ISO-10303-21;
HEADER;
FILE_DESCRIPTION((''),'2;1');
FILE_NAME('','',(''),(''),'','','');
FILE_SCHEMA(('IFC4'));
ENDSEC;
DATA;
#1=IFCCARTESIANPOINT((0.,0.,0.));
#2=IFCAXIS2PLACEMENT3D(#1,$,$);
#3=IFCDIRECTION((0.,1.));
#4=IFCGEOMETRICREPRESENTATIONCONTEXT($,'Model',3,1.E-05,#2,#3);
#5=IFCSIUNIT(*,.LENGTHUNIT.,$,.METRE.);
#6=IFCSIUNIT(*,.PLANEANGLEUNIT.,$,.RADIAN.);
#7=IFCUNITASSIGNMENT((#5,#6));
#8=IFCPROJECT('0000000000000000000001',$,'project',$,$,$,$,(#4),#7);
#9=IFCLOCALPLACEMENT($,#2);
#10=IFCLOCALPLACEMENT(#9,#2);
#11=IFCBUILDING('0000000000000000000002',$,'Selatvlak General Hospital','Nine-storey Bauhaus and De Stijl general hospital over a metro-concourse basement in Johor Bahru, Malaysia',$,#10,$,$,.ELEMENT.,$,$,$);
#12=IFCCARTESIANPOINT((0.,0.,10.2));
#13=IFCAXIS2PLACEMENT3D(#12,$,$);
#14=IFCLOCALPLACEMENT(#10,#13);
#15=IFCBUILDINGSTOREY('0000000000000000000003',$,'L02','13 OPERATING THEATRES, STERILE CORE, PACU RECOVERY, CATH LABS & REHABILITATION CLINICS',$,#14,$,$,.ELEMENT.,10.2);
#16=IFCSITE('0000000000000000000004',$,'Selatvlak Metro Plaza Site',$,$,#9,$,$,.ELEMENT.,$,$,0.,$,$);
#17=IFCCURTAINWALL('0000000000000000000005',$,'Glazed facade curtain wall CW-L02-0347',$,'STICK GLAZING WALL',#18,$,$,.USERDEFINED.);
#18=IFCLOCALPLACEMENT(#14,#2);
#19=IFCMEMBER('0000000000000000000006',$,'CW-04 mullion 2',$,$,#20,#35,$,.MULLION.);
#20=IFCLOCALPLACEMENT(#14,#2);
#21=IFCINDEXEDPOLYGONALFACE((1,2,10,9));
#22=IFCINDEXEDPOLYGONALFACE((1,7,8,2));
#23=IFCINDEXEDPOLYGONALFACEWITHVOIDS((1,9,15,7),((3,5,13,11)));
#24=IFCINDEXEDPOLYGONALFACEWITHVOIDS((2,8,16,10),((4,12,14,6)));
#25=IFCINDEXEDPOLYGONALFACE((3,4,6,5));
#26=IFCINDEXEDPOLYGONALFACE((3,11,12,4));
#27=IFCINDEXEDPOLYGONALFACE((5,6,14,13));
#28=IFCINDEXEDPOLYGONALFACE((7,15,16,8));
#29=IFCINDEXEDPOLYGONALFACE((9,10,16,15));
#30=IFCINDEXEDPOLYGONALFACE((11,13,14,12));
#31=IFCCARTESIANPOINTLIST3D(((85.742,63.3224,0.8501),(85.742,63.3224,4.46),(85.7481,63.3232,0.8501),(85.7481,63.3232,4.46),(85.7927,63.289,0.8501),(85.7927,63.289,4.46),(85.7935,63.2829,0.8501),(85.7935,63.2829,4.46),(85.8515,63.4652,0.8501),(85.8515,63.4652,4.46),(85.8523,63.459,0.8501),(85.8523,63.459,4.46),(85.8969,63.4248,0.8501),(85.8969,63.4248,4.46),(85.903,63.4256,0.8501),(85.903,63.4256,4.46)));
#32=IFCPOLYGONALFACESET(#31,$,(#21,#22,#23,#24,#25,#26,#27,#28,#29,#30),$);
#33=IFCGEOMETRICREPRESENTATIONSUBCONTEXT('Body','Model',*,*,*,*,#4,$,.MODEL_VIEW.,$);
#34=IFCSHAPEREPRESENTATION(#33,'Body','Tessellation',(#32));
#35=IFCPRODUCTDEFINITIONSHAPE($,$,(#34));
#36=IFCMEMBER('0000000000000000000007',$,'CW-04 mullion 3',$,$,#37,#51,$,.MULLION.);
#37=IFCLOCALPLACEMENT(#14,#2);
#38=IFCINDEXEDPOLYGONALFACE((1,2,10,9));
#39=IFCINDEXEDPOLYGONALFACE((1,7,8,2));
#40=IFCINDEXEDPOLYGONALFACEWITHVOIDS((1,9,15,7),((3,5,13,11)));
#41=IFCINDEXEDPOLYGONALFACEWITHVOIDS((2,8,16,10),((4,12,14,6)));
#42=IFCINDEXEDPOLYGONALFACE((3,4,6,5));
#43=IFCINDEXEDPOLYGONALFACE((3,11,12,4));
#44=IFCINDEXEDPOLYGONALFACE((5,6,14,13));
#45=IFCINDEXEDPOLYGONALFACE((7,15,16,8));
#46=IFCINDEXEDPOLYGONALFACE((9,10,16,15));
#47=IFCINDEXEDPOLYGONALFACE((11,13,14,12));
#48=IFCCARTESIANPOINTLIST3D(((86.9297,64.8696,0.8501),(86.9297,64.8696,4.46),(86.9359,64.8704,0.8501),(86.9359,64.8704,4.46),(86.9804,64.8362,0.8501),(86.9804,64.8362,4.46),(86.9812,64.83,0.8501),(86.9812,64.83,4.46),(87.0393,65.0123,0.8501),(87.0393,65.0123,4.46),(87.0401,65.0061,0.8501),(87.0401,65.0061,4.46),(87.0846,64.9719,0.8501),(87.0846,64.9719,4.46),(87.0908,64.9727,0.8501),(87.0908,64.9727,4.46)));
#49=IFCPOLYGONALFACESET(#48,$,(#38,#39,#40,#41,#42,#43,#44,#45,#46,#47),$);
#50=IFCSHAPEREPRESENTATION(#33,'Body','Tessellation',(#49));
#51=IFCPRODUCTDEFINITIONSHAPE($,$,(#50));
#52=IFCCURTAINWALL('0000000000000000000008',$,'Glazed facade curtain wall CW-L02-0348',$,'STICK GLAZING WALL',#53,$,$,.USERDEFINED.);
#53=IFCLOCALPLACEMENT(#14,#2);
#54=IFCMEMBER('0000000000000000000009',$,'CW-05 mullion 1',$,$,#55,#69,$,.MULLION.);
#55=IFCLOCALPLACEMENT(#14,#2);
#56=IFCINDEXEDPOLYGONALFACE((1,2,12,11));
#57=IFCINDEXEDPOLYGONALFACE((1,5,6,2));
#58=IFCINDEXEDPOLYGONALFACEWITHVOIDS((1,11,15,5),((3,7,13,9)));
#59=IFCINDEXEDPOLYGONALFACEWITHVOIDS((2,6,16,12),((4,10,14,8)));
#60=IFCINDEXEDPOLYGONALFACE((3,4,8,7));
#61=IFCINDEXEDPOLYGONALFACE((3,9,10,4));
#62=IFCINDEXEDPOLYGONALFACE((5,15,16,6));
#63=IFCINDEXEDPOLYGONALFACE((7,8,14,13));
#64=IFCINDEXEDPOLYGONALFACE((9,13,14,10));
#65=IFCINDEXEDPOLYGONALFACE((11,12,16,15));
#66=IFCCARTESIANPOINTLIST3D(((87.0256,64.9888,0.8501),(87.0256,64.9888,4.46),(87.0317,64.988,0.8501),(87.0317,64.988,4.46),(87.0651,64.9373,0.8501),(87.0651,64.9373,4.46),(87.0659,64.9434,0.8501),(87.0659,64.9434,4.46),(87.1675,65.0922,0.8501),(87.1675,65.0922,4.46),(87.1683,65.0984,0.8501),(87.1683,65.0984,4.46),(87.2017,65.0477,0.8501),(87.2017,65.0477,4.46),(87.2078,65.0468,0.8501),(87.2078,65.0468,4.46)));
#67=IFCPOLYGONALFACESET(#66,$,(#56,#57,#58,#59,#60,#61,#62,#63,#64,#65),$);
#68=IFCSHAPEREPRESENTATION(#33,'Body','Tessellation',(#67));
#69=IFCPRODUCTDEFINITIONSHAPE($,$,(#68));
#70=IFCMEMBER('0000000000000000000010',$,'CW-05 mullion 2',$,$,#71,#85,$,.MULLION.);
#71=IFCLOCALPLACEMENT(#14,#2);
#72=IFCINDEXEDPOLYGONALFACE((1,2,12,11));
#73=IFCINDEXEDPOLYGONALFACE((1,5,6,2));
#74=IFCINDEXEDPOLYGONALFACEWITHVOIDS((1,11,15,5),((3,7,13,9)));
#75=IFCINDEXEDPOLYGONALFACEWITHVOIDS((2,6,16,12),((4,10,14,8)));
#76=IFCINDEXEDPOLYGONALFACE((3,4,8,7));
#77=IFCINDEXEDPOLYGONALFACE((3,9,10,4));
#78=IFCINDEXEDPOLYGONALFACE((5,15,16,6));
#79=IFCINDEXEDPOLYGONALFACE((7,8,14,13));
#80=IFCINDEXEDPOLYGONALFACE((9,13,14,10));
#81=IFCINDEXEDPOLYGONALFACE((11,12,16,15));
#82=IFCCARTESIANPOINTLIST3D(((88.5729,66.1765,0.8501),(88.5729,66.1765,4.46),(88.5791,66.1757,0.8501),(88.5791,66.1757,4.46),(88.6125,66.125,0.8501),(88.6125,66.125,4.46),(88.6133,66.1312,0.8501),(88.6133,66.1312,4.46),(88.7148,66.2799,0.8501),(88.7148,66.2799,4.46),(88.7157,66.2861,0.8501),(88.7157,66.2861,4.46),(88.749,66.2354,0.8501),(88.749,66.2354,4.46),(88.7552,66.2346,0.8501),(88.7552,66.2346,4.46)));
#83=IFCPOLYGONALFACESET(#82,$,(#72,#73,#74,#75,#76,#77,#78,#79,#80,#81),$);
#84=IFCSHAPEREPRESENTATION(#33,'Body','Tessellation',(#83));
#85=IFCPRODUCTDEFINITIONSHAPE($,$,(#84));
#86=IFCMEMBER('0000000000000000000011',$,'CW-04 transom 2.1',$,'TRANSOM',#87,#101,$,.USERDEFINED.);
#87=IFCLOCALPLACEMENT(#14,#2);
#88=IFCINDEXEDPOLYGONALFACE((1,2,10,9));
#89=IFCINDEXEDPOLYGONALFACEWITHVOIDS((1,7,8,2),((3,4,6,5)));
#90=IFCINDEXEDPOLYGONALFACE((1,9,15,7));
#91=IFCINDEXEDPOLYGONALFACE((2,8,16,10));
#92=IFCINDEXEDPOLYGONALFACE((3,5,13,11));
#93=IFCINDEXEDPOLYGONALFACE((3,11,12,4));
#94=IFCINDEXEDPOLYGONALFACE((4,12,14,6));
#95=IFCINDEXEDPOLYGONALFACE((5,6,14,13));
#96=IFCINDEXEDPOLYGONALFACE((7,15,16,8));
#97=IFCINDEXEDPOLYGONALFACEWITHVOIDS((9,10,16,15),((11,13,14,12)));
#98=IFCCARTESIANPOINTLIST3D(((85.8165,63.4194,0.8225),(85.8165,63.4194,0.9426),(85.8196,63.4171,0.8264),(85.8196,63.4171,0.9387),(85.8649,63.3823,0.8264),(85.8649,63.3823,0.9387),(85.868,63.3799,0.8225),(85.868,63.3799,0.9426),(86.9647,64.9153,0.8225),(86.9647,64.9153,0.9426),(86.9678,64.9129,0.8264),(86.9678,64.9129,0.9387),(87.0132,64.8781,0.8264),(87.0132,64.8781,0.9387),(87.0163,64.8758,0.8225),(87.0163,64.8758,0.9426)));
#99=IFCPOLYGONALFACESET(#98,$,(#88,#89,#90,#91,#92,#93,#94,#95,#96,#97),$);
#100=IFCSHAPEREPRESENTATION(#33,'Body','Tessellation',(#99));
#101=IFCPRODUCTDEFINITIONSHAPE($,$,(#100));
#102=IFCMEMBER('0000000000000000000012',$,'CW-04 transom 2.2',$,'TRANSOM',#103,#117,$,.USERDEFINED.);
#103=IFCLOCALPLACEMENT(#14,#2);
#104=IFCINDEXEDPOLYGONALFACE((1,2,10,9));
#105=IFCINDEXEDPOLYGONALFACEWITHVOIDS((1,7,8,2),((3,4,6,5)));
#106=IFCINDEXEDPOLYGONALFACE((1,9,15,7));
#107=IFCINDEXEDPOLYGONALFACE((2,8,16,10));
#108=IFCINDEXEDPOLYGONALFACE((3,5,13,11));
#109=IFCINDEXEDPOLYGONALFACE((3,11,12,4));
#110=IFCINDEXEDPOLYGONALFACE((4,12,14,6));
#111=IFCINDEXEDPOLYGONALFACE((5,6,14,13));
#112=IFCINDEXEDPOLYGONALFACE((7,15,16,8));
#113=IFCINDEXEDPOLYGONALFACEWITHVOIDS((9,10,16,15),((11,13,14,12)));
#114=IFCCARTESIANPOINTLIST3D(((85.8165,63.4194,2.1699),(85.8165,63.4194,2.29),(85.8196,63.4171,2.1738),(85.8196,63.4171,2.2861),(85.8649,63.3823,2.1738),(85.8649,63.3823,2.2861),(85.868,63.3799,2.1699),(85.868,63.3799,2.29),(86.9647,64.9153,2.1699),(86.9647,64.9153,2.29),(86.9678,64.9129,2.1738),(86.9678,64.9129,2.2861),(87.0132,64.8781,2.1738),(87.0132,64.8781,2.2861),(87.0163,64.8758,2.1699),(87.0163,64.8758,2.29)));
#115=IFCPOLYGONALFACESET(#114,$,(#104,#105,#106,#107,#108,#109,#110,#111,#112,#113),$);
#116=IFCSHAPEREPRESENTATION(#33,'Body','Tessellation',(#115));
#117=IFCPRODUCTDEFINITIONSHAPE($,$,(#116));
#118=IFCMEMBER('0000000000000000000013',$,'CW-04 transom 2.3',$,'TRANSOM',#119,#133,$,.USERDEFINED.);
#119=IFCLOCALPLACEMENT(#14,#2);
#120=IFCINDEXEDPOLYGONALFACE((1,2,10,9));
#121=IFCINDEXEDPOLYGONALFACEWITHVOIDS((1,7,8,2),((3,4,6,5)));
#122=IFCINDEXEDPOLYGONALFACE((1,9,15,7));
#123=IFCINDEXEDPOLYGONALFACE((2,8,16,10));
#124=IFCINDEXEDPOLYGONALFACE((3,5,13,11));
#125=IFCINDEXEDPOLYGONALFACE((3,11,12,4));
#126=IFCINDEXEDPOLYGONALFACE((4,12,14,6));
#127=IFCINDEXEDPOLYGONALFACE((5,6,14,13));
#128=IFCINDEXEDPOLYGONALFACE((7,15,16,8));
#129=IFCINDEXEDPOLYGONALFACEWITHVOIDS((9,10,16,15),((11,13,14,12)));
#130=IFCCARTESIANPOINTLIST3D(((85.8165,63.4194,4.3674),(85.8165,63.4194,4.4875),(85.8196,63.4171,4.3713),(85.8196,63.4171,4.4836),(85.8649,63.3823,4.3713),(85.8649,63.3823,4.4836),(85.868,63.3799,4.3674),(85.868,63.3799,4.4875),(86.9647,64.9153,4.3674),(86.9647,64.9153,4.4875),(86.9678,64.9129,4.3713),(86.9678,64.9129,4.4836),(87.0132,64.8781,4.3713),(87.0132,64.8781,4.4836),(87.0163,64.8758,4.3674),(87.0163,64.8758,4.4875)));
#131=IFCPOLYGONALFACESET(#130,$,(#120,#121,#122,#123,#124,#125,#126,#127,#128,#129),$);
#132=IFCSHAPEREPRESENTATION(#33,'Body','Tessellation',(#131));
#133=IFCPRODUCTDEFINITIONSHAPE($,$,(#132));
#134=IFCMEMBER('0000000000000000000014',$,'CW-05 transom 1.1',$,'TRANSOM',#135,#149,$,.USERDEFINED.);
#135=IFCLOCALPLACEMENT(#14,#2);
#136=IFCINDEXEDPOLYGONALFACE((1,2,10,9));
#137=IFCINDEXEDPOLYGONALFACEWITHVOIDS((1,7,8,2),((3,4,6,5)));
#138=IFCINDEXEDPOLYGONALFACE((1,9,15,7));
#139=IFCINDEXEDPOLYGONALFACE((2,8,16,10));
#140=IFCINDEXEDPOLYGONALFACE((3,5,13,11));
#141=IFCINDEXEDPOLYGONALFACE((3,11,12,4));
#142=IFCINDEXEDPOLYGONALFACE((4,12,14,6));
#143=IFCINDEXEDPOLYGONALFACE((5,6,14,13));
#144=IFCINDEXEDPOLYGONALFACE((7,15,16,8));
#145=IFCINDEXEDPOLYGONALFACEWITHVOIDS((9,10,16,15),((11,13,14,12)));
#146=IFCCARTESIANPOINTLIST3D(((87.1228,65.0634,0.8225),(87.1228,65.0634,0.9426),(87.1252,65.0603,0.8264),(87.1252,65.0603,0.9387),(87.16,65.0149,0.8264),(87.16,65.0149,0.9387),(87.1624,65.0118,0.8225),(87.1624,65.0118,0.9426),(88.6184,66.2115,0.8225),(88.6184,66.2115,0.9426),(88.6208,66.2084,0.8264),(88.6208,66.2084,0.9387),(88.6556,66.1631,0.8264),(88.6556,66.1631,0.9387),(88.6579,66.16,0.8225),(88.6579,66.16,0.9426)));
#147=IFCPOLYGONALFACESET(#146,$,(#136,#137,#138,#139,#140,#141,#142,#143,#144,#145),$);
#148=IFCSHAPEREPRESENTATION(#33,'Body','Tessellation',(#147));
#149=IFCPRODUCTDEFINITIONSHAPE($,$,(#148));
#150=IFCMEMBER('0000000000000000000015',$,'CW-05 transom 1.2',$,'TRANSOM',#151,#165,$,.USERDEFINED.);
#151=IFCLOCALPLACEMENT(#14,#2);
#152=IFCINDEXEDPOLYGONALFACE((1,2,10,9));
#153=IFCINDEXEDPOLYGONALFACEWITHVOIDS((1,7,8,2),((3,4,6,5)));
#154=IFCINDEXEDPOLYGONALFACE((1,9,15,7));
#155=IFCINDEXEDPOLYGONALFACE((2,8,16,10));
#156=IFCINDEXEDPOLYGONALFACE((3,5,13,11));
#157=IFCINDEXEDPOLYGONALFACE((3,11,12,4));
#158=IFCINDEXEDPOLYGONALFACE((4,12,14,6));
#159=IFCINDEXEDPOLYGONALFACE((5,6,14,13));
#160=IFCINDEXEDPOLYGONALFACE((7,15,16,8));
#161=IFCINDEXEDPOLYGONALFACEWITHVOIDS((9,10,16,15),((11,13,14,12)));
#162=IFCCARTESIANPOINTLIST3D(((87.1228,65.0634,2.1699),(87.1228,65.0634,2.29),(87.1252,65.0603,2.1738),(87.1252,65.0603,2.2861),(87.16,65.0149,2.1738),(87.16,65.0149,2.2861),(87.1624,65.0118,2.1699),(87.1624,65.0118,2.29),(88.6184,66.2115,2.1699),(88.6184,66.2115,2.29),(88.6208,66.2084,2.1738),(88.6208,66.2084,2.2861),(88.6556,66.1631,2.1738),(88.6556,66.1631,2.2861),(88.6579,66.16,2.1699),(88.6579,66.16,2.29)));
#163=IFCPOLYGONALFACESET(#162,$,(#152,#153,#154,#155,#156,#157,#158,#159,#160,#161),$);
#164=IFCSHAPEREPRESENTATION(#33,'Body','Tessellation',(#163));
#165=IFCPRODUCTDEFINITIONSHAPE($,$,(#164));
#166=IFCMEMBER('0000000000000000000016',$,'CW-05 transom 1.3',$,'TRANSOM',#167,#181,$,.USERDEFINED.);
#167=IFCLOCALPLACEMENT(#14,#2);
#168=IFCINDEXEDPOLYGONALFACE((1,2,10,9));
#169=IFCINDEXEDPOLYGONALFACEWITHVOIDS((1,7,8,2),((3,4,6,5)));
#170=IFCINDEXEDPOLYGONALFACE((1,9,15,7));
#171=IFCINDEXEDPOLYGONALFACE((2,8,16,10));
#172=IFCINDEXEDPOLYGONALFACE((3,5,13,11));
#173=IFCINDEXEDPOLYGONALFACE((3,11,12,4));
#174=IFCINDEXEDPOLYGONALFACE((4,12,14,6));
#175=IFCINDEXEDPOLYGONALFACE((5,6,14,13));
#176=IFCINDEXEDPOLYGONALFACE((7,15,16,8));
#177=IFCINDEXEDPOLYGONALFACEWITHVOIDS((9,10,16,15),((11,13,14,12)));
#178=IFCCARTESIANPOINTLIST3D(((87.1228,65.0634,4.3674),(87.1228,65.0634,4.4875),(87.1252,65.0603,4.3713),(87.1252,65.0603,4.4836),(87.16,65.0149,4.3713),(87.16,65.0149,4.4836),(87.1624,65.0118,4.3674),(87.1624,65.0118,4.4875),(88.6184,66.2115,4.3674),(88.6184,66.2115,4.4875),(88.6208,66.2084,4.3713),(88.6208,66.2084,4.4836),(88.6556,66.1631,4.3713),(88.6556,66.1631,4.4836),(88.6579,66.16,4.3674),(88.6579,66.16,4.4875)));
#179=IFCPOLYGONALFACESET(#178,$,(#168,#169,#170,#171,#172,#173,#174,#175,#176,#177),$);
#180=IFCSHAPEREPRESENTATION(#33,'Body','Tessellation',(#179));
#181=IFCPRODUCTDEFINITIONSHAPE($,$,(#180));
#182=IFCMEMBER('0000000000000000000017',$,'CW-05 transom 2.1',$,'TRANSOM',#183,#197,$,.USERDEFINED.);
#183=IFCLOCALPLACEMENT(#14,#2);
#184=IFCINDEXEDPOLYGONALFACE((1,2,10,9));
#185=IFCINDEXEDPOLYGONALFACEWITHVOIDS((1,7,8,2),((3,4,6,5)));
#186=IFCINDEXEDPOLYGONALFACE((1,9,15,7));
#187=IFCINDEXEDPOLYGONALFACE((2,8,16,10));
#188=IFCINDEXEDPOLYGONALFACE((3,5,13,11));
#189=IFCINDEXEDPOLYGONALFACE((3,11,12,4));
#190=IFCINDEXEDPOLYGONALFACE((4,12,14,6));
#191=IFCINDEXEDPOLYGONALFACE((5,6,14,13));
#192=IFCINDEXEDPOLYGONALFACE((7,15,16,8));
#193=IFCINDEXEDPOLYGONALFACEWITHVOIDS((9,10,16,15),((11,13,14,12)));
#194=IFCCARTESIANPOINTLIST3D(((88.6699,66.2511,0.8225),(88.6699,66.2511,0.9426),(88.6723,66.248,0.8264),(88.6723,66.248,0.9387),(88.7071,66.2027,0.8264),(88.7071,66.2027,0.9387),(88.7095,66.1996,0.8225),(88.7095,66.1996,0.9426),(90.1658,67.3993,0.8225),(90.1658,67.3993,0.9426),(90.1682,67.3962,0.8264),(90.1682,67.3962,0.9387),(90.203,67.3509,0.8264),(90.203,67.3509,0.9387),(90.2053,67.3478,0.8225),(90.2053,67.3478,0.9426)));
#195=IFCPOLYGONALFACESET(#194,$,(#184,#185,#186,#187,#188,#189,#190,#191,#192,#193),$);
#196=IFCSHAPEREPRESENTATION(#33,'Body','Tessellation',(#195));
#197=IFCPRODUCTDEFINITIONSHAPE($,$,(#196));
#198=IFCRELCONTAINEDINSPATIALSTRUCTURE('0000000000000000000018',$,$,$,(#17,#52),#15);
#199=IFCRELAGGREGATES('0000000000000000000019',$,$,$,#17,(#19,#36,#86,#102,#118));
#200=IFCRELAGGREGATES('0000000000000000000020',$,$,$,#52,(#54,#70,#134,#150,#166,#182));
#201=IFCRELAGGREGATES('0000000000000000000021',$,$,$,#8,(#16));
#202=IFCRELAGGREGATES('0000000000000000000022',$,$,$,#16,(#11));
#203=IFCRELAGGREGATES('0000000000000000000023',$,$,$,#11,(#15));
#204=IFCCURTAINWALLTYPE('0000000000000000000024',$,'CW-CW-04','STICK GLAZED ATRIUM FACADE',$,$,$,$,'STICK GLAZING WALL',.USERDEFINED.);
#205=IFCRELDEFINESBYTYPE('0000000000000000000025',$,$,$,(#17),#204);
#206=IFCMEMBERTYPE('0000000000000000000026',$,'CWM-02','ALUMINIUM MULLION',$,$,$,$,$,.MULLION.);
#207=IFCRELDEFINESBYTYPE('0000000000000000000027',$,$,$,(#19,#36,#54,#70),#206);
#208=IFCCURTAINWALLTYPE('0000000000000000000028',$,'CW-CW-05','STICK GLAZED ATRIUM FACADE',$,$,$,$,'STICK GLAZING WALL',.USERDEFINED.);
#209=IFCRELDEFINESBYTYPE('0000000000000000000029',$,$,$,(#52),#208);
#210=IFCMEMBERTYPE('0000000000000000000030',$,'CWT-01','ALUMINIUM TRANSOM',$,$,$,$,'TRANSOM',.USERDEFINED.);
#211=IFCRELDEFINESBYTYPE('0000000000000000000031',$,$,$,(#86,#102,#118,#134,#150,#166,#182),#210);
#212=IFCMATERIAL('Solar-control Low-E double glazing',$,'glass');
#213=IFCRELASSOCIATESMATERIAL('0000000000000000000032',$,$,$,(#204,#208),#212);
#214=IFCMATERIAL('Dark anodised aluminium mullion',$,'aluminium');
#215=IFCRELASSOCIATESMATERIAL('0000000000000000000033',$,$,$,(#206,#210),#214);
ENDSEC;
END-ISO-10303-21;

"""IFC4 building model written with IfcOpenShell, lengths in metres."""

from ifc_helpers import new_model, si_unit, direction, frame, origin, origin_2d, place, context, subcontext, project, spatial, hollow_rectangle, extrude, material, material_profile, profile_set, type_object, element, aggregate, save


model = new_model("IFC4")

# Units and contexts
model_context = context("Model", 3, precision=1e-05, world=origin(), true_north=direction((0.0, 1.0)))
body_context = subcontext(model_context, "Body", "Model", "MODEL_VIEW")
ifc_project = project(units=[si_unit("LENGTHUNIT", "METRE"), si_unit("PLANEANGLEUNIT", "RADIAN")], contexts=[model_context])

# Site, building, storey
site_placement = place(None, origin())
site = spatial("IfcSite", under=ifc_project, at=site_placement, Name="Selatvlak Metro Plaza Site", CompositionType="ELEMENT", RefElevation=0.0)
building_placement = place(site_placement, origin())
building = spatial("IfcBuilding", under=site, at=building_placement, Name="Selatvlak General Hospital", Description="Nine-storey Bauhaus and De Stijl general hospital over a metro-concourse basement in Johor Bahru, Malaysia", CompositionType="ELEMENT")
storey_placement = place(building_placement, frame((0.0, 0.0, 10.2)))
storey = spatial("IfcBuildingStorey", under=building, at=storey_placement, Name="L02", Description="13 OPERATING THEATRES, STERILE CORE, PACU RECOVERY, CATH LABS & REHABILITATION CLINICS", CompositionType="ELEMENT", Elevation=10.2)

# Curtain walls, members
ifc_material_1 = material(Name="Solar-control Low-E double glazing", Category="glass")
curtain_wall_type_1 = type_object("IfcCurtainWallType", Name="CW-CW-04", Description="STICK GLAZED ATRIUM FACADE", ElementType="STICK GLAZING WALL", PredefinedType="USERDEFINED", material=ifc_material_1)
curtain_wall_1_placement = place(storey_placement, origin())
curtain_wall_1 = element("IfcCurtainWall", 1, at=curtain_wall_1_placement, inside=storey, type_object=curtain_wall_type_1, Name="Glazed facade curtain wall CW-L02-0347", ObjectType="STICK GLAZING WALL", PredefinedType="USERDEFINED")
ifc_material_2 = material(Name="Dark anodised aluminium mullion", Category="aluminium")
ifc_material_profile_1 = material_profile(ifc_material_2, hollow_rectangle(XDim=0.0649, YDim=0.1799, WallThickness=0.0044, at=origin_2d()), Name="AL-MUL 65x180x4.5")
ifc_profile_set_1 = profile_set([ifc_material_profile_1], Name="Dark anodised aluminium mullion")
member_type_1 = type_object("IfcMemberType", Name="CWM-02", Description="ALUMINIUM MULLION", PredefinedType="MULLION", material=ifc_profile_set_1)
member_1_placement = place(storey_placement, frame((85.8225, 63.374, 0.8501), z_axis=(0.0, 0.0, 1.0), x_axis=(-0.793233, 0.608918, 0.0)))
member_1 = element("IfcMember", 2, at=member_1_placement, type_object=member_type_1, Name="CW-04 mullion 2", PredefinedType="MULLION", context=body_context, shape_type="SweptSolid", body=[
    extrude(hollow_rectangle(XDim=0.0649, YDim=0.1799, WallThickness=0.0044, at=origin_2d()), origin(), (0.0, 0.0, 1.0), 3.6099),
])
member_2_placement = place(storey_placement, frame((87.0103, 64.9211, 0.8501), z_axis=(0.0, 0.0, 1.0), x_axis=(-0.793233, 0.608918, 0.0)))
member_2 = element("IfcMember", 3, at=member_2_placement, type_object=member_type_1, Name="CW-04 mullion 3", PredefinedType="MULLION", context=body_context, shape_type="SweptSolid", body=[
    extrude(hollow_rectangle(XDim=0.0649, YDim=0.1799, WallThickness=0.0044, at=origin_2d()), origin(), (0.0, 0.0, 1.0), 3.6099),
])
curtain_wall_type_2 = type_object("IfcCurtainWallType", Name="CW-CW-05", Description="STICK GLAZED ATRIUM FACADE", ElementType="STICK GLAZING WALL", PredefinedType="USERDEFINED", material=ifc_material_1)
curtain_wall_2_placement = place(storey_placement, origin())
curtain_wall_2 = element("IfcCurtainWall", 4, at=curtain_wall_2_placement, inside=storey, type_object=curtain_wall_type_2, Name="Glazed facade curtain wall CW-L02-0348", ObjectType="STICK GLAZING WALL", PredefinedType="USERDEFINED")
member_3_placement = place(storey_placement, frame((87.1167, 65.0178, 0.8501), z_axis=(0.0, 0.0, 1.0), x_axis=(-0.608918, 0.793233, 0.0)))
member_3 = element("IfcMember", 5, at=member_3_placement, type_object=member_type_1, Name="CW-05 mullion 1", PredefinedType="MULLION", context=body_context, shape_type="SweptSolid", body=[
    extrude(hollow_rectangle(XDim=0.0649, YDim=0.1799, WallThickness=0.0044, at=origin_2d()), origin(), (0.0, 0.0, 1.0), 3.6099),
])
member_4_placement = place(storey_placement, frame((88.6641, 66.2056, 0.8501), z_axis=(0.0, 0.0, 1.0), x_axis=(-0.608918, 0.793233, 0.0)))
member_4 = element("IfcMember", 6, at=member_4_placement, type_object=member_type_1, Name="CW-05 mullion 2", PredefinedType="MULLION", context=body_context, shape_type="SweptSolid", body=[
    extrude(hollow_rectangle(XDim=0.0649, YDim=0.1799, WallThickness=0.0044, at=origin_2d()), origin(), (0.0, 0.0, 1.0), 3.6099),
])

# Members
ifc_material_profile_2 = material_profile(ifc_material_2, hollow_rectangle(XDim=0.0649, YDim=0.1201, WallThickness=0.0039, at=origin_2d()), Name="AL-TRN 65x120x4")
ifc_profile_set_2 = profile_set([ifc_material_profile_2], Name="Dark anodised aluminium mullion")
member_type_2 = type_object("IfcMemberType", Name="CWT-01", Description="ALUMINIUM TRANSOM", ElementType="TRANSOM", PredefinedType="USERDEFINED", material=ifc_profile_set_2)
member_5_placement = place(storey_placement, frame((85.8423, 63.3997, 0.8826), z_axis=(0.608891, 0.793254, 0.0), x_axis=(-0.793254, 0.608891, 0.0)))
member_5 = element("IfcMember", 7, at=member_5_placement, type_object=member_type_2, Name="CW-04 transom 2.1", ObjectType="TRANSOM", PredefinedType="USERDEFINED", context=body_context, shape_type="SweptSolid", body=[
    extrude(hollow_rectangle(XDim=0.0649, YDim=0.1201, WallThickness=0.0039, at=origin_2d()), origin(), (0.0, 0.0, 1.0), 1.8857),
])
member_6_placement = place(storey_placement, frame((85.8423, 63.3997, 2.23), z_axis=(0.608891, 0.793254, 0.0), x_axis=(-0.793254, 0.608891, 0.0)))
member_6 = element("IfcMember", 8, at=member_6_placement, type_object=member_type_2, Name="CW-04 transom 2.2", ObjectType="TRANSOM", PredefinedType="USERDEFINED", context=body_context, shape_type="SweptSolid", body=[
    extrude(hollow_rectangle(XDim=0.0649, YDim=0.1201, WallThickness=0.0039, at=origin_2d()), origin(), (0.0, 0.0, 1.0), 1.8857),
])
member_7_placement = place(storey_placement, frame((85.8423, 63.3997, 4.4275), z_axis=(0.608891, 0.793254, 0.0), x_axis=(-0.793254, 0.608891, 0.0)))
member_7 = element("IfcMember", 9, at=member_7_placement, type_object=member_type_2, Name="CW-04 transom 2.3", ObjectType="TRANSOM", PredefinedType="USERDEFINED", context=body_context, shape_type="SweptSolid", body=[
    extrude(hollow_rectangle(XDim=0.0649, YDim=0.1201, WallThickness=0.0039, at=origin_2d()), origin(), (0.0, 0.0, 1.0), 1.8857),
])
member_8_placement = place(storey_placement, frame((87.1426, 65.0376, 0.8826), z_axis=(0.793206, 0.608953, 0.0), x_axis=(-0.608953, 0.793206, 0.0)))
member_8 = element("IfcMember", 10, at=member_8_placement, type_object=member_type_2, Name="CW-05 transom 1.1", ObjectType="TRANSOM", PredefinedType="USERDEFINED", context=body_context, shape_type="SweptSolid", body=[
    extrude(hollow_rectangle(XDim=0.0649, YDim=0.1201, WallThickness=0.0039, at=origin_2d()), origin(), (0.0, 0.0, 1.0), 1.8855),
])
member_9_placement = place(storey_placement, frame((87.1426, 65.0376, 2.23), z_axis=(0.793206, 0.608953, 0.0), x_axis=(-0.608953, 0.793206, 0.0)))
member_9 = element("IfcMember", 11, at=member_9_placement, type_object=member_type_2, Name="CW-05 transom 1.2", ObjectType="TRANSOM", PredefinedType="USERDEFINED", context=body_context, shape_type="SweptSolid", body=[
    extrude(hollow_rectangle(XDim=0.0649, YDim=0.1201, WallThickness=0.0039, at=origin_2d()), origin(), (0.0, 0.0, 1.0), 1.8855),
])
member_10_placement = place(storey_placement, frame((87.1426, 65.0376, 4.4275), z_axis=(0.793206, 0.608953, 0.0), x_axis=(-0.608953, 0.793206, 0.0)))
member_10 = element("IfcMember", 12, at=member_10_placement, type_object=member_type_2, Name="CW-05 transom 1.3", ObjectType="TRANSOM", PredefinedType="USERDEFINED", context=body_context, shape_type="SweptSolid", body=[
    extrude(hollow_rectangle(XDim=0.0649, YDim=0.1201, WallThickness=0.0039, at=origin_2d()), origin(), (0.0, 0.0, 1.0), 1.8855),
])
member_11_placement = place(storey_placement, frame((88.6897, 66.2253, 0.8826), z_axis=(0.793254, 0.608891, 0.0), x_axis=(-0.608891, 0.793254, 0.0)))
member_11 = element("IfcMember", 13, at=member_11_placement, type_object=member_type_2, Name="CW-05 transom 2.1", ObjectType="TRANSOM", PredefinedType="USERDEFINED", context=body_context, shape_type="SweptSolid", body=[
    extrude(hollow_rectangle(XDim=0.0649, YDim=0.1201, WallThickness=0.0039, at=origin_2d()), origin(), (0.0, 0.0, 1.0), 1.8857),
])

aggregate(curtain_wall_1, [member_1, member_2, member_5, member_6, member_7])
aggregate(curtain_wall_2, [member_3, member_4, member_8, member_9, member_10, member_11])

save(model, "model.ifc")
